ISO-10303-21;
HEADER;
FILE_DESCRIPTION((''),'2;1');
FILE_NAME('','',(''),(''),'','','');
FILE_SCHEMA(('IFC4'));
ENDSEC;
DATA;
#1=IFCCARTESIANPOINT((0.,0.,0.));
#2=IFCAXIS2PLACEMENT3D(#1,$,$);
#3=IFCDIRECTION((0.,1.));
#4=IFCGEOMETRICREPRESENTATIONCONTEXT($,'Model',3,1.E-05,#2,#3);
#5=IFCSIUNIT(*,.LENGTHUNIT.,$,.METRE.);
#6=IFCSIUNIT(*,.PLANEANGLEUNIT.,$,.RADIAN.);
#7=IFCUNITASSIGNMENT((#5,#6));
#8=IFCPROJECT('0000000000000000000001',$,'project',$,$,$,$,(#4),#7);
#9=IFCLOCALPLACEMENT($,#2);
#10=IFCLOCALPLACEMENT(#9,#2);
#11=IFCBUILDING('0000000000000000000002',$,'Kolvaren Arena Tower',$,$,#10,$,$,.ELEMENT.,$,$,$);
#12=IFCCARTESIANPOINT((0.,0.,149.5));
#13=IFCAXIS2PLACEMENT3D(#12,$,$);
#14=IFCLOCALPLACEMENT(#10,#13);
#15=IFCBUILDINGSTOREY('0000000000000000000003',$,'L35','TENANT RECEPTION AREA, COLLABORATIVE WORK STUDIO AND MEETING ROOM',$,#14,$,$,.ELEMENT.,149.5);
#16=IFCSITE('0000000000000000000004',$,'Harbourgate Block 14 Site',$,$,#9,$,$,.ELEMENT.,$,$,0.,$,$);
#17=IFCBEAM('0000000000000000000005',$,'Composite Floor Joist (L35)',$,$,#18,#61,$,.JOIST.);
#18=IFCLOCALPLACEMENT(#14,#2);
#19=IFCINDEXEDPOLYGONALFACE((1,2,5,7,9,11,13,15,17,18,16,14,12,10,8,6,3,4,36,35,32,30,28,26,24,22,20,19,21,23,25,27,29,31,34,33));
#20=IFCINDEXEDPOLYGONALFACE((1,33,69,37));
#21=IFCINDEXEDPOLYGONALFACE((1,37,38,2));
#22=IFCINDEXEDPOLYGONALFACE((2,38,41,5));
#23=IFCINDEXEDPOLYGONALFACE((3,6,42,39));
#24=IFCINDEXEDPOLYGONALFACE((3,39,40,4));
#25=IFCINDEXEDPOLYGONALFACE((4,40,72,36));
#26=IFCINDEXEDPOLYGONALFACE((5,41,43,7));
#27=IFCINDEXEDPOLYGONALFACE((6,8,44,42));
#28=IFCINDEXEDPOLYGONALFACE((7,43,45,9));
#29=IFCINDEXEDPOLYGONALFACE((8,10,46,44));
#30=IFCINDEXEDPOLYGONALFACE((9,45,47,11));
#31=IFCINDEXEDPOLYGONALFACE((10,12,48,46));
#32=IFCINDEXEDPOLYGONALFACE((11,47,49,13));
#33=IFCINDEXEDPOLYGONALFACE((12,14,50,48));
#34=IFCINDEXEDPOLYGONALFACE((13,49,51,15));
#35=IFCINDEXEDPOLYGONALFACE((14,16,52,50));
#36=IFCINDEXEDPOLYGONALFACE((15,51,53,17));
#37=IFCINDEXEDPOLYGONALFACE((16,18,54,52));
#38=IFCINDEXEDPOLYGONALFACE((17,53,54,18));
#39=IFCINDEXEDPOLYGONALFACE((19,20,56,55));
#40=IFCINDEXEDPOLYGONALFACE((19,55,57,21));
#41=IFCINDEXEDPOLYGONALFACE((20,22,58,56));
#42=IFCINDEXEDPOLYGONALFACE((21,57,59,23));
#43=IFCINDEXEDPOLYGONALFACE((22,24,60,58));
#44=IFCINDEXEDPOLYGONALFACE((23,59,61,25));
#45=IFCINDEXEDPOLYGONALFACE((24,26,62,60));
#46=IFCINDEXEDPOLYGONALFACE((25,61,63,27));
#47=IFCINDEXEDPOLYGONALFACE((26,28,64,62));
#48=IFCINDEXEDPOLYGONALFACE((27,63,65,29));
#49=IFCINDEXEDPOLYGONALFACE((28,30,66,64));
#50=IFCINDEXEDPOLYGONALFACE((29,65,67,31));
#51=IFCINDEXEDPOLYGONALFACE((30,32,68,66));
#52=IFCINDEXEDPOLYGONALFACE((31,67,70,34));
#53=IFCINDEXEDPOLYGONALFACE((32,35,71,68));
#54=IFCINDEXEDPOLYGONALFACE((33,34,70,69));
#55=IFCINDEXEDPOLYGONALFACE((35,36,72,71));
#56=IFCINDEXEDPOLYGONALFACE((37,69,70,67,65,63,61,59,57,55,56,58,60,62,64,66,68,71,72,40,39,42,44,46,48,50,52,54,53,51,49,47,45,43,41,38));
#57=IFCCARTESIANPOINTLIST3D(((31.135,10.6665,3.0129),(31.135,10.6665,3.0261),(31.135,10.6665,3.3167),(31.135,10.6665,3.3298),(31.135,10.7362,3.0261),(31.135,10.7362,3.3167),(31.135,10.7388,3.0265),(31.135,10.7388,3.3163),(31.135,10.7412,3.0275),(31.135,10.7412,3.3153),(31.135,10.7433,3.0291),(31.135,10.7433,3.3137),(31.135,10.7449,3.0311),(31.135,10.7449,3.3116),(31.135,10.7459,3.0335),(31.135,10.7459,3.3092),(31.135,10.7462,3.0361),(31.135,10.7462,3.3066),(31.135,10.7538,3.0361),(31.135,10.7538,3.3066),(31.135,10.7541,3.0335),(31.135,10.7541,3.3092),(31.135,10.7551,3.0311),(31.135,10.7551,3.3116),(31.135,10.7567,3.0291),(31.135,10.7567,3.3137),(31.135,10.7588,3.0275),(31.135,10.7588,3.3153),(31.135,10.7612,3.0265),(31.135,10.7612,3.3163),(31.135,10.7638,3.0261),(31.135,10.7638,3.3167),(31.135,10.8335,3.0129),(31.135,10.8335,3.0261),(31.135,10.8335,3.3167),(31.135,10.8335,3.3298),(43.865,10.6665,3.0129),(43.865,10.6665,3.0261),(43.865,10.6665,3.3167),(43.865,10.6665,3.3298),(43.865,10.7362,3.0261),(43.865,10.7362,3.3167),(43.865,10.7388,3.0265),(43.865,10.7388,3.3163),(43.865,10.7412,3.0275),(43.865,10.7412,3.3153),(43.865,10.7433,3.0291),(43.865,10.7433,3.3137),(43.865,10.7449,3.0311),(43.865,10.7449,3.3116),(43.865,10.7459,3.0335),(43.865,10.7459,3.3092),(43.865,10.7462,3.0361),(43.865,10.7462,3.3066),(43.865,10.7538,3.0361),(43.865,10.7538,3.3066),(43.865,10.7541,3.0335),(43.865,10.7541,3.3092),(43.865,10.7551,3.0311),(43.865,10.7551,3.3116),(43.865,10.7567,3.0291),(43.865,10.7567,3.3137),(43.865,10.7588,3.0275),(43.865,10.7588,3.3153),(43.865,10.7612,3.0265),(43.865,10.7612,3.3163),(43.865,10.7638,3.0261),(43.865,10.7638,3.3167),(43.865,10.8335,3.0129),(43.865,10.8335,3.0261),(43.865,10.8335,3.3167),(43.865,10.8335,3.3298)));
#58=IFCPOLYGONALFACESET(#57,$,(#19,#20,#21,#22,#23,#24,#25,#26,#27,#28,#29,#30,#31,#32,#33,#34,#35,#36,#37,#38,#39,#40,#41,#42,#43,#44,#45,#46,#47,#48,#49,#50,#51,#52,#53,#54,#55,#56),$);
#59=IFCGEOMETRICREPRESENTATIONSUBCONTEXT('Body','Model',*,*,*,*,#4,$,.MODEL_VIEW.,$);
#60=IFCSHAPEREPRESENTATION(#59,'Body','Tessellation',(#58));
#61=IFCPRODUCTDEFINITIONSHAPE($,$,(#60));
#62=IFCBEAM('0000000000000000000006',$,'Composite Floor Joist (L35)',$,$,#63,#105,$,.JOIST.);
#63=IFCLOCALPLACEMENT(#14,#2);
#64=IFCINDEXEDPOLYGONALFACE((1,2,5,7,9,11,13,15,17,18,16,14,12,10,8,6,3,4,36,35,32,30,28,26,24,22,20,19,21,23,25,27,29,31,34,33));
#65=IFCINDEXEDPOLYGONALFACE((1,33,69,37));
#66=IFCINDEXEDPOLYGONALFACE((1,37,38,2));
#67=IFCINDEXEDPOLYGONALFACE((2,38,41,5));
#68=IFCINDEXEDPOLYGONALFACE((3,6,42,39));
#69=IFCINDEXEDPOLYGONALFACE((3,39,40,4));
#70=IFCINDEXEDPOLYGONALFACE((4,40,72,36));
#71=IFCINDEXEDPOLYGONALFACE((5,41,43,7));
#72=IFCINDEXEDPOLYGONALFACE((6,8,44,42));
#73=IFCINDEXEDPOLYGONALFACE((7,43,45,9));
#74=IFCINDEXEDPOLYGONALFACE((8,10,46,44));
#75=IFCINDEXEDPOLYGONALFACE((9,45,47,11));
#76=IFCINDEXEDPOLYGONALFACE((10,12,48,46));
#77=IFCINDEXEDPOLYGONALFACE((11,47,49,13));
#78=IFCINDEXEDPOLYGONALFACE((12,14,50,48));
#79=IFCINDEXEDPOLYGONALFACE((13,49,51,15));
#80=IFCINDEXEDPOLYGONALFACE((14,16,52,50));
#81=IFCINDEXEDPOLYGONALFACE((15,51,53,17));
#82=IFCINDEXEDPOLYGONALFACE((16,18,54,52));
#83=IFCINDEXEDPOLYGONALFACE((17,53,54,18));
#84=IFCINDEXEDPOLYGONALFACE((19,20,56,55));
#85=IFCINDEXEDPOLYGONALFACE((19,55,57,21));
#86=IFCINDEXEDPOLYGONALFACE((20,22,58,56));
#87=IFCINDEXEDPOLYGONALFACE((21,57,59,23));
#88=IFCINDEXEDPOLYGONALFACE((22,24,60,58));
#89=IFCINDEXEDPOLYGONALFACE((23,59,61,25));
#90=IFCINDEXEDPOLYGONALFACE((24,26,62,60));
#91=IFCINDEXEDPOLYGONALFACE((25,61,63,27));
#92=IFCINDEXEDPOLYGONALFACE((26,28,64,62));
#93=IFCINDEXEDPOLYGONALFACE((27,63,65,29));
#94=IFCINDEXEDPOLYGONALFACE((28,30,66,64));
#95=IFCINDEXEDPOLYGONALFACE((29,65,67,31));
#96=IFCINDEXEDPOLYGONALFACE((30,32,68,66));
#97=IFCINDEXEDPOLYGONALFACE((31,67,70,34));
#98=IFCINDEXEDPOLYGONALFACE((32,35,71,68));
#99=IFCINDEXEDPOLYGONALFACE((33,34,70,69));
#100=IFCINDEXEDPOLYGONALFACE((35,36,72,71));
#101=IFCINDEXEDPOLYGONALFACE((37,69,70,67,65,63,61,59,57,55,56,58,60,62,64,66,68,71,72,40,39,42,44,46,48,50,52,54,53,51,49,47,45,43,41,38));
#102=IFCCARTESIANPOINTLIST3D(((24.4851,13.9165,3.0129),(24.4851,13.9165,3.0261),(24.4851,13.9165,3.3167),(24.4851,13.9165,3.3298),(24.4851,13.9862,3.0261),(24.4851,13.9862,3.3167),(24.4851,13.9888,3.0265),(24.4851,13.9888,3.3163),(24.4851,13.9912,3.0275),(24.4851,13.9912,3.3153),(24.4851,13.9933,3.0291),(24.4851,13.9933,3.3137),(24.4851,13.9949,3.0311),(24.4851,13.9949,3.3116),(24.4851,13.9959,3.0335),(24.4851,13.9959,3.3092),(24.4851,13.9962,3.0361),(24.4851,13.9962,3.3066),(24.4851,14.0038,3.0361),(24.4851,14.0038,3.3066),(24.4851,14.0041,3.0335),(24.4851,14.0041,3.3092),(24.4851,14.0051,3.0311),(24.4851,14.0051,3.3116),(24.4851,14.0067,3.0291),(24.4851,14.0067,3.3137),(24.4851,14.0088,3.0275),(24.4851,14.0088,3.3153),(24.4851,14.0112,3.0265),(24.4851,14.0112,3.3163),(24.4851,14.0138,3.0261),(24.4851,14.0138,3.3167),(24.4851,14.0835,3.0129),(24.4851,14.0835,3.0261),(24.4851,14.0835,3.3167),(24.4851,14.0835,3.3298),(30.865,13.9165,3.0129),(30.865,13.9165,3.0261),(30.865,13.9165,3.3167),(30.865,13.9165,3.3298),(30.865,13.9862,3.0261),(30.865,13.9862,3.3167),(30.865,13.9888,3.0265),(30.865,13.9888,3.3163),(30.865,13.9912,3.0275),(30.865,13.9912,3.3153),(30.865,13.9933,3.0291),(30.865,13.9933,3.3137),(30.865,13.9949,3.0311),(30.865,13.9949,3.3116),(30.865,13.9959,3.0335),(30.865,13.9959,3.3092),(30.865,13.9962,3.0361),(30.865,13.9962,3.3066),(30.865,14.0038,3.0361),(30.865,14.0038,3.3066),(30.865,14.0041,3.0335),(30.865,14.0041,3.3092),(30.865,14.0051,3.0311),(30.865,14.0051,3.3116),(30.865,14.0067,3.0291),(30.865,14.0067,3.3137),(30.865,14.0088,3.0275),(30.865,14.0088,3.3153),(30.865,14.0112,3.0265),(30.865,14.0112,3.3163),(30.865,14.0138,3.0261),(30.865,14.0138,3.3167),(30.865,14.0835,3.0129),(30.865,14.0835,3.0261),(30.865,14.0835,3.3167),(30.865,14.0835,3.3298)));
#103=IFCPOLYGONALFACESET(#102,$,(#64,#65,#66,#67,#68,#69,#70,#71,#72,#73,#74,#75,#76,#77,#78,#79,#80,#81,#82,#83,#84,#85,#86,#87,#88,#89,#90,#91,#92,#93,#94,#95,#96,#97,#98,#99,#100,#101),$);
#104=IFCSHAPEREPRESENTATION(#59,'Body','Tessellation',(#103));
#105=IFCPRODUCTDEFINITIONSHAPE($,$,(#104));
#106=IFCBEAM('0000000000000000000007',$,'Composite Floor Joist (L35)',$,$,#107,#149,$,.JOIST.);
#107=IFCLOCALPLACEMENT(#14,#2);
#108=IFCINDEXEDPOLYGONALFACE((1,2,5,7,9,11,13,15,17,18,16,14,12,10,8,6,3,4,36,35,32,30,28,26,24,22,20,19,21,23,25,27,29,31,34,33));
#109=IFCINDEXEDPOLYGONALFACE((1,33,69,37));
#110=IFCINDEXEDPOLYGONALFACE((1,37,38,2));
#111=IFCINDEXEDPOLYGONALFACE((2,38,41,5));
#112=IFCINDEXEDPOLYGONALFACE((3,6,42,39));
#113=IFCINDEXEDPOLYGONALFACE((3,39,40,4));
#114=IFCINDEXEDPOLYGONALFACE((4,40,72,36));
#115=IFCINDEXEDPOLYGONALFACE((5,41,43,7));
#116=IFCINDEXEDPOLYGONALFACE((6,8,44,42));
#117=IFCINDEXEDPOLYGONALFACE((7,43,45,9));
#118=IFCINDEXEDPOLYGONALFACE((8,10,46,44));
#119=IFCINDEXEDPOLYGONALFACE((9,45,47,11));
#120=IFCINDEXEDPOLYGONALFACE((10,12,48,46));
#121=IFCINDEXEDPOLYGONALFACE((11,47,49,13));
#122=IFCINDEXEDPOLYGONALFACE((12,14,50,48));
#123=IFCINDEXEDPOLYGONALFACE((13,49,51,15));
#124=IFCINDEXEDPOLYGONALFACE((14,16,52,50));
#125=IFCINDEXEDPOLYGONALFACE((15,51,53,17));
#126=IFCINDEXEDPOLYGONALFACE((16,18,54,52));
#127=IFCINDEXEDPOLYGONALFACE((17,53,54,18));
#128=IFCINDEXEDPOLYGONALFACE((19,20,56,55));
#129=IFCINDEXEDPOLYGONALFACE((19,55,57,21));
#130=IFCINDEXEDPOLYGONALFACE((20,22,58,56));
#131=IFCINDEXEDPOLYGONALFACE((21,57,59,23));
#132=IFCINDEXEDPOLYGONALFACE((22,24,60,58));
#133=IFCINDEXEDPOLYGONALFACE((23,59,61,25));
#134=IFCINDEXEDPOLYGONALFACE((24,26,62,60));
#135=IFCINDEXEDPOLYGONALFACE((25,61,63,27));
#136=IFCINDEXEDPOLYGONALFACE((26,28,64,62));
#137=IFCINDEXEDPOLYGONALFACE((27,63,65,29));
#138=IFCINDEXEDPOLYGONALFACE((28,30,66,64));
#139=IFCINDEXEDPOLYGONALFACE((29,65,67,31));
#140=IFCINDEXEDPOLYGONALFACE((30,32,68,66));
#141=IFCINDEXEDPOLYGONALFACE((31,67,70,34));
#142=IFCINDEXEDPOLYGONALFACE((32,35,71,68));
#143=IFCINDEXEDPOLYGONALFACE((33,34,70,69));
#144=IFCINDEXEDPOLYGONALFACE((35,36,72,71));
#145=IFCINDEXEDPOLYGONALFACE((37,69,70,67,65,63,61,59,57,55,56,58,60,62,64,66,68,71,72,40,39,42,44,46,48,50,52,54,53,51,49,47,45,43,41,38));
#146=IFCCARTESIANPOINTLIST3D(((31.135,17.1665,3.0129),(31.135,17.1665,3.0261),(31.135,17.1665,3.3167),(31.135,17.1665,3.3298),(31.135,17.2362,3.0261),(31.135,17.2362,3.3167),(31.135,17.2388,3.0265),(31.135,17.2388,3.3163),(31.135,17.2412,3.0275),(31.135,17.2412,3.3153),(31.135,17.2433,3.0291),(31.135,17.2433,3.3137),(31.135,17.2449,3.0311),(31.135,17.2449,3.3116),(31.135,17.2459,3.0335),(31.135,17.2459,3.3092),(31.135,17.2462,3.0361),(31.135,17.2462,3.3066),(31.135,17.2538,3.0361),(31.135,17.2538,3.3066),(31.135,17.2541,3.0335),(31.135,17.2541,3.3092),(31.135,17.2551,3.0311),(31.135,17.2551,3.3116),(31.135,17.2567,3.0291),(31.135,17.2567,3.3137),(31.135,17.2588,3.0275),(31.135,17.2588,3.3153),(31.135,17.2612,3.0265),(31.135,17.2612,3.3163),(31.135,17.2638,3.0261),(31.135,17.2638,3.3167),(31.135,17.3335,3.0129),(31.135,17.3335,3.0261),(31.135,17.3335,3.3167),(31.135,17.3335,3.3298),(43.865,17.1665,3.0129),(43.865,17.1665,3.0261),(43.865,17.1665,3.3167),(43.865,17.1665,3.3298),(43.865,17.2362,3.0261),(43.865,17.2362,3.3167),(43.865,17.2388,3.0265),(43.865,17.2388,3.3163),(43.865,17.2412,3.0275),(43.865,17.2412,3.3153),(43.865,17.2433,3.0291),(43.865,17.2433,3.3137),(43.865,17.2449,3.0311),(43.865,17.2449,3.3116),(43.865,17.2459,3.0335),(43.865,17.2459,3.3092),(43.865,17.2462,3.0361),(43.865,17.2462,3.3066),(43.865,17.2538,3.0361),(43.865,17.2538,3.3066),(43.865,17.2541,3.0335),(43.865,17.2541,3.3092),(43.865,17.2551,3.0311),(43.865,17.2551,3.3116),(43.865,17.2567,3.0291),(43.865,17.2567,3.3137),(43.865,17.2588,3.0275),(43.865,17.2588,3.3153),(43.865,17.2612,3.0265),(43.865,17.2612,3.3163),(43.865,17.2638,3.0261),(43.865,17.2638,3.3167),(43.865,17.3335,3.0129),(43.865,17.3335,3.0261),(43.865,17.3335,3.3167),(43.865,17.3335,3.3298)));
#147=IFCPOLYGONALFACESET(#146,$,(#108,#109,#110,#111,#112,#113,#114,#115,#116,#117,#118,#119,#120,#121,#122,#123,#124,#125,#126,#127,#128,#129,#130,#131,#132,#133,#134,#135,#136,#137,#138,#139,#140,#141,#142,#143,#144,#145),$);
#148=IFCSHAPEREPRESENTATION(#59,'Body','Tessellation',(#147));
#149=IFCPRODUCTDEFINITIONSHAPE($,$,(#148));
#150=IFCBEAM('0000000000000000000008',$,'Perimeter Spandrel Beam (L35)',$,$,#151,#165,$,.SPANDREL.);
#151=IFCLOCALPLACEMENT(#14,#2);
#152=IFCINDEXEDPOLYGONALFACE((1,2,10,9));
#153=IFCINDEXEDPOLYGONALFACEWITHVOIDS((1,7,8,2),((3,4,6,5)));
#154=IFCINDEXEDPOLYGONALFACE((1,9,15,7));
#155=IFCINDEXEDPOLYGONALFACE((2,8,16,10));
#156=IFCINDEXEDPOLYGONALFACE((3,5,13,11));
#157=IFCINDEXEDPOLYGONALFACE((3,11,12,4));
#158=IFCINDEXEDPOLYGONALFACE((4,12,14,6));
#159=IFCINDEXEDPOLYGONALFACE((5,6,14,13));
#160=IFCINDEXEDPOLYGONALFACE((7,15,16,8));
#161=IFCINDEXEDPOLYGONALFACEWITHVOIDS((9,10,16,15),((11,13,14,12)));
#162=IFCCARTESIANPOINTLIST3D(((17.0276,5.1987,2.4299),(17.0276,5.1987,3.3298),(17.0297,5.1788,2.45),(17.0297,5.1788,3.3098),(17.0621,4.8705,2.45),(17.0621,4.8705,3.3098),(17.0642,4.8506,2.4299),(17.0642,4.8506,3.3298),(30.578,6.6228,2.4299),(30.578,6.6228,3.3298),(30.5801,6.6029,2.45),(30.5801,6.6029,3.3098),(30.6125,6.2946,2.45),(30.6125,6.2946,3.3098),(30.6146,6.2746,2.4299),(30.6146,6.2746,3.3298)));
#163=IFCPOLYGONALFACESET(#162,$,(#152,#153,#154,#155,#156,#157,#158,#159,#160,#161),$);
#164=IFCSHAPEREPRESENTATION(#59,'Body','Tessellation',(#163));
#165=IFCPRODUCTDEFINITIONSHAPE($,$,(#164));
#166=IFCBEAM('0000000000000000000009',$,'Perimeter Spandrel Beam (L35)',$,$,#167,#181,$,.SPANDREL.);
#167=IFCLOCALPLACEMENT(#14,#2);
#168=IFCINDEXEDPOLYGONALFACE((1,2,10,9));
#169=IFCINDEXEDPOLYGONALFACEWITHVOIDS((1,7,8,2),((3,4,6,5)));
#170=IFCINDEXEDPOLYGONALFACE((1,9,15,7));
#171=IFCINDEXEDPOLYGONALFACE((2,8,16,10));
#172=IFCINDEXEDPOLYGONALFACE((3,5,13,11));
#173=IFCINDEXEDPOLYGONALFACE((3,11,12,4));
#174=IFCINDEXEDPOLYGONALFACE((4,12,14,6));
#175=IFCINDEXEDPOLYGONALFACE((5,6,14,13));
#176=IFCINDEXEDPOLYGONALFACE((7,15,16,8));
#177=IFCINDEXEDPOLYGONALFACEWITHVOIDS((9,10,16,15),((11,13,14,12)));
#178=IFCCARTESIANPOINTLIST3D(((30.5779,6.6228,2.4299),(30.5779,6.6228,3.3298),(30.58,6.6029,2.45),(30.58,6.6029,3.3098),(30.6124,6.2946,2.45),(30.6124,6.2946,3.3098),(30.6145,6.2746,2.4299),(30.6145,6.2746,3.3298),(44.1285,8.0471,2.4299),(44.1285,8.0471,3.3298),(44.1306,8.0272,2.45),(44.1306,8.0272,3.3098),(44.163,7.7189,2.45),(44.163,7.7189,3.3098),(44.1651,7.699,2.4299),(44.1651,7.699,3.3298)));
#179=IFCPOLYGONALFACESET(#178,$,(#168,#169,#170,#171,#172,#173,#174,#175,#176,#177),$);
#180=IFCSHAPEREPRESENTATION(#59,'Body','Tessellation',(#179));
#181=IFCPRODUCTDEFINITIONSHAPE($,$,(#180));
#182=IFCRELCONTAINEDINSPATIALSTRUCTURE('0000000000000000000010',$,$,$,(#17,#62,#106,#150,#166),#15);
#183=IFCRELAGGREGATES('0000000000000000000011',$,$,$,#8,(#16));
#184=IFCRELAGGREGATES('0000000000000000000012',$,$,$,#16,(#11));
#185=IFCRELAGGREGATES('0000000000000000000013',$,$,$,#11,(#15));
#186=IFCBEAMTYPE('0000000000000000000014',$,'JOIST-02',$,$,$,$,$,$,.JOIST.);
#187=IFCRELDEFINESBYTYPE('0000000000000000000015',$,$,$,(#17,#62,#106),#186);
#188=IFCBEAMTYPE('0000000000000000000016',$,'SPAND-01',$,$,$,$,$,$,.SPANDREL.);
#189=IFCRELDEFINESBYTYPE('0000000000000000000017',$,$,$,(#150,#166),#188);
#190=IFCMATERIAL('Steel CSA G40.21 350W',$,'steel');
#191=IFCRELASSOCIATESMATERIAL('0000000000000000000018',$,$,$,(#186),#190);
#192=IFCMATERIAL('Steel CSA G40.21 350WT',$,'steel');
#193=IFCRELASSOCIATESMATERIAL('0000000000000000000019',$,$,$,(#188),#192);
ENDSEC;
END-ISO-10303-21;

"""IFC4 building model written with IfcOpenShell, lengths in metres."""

from ifc_helpers import new_model, si_unit, direction, frame, origin, origin_2d, place, context, subcontext, project, spatial, hollow_rectangle, i_section, extrude, material, material_profile, profile_set, type_object, element, save


model = new_model("IFC4")

# Units and contexts
model_context = context("Model", 3, precision=1e-05, world=origin(), true_north=direction((0.0, 1.0)))
body_context = subcontext(model_context, "Body", "Model", "MODEL_VIEW")
ifc_project = project(units=[si_unit("LENGTHUNIT", "METRE"), si_unit("PLANEANGLEUNIT", "RADIAN")], contexts=[model_context])

# Site, building, storey
site_placement = place(None, origin())
site = spatial("IfcSite", under=ifc_project, at=site_placement, Name="Harbourgate Block 14 Site", CompositionType="ELEMENT", RefElevation=0.0)
building_placement = place(site_placement, origin())
building = spatial("IfcBuilding", under=site, at=building_placement, Name="Kolvaren Arena Tower", CompositionType="ELEMENT")
storey_placement = place(building_placement, frame((0.0, 0.0, 149.5)))
storey = spatial("IfcBuildingStorey", under=building, at=storey_placement, Name="L35", Description="TENANT RECEPTION AREA, COLLABORATIVE WORK STUDIO AND MEETING ROOM", CompositionType="ELEMENT", Elevation=149.5)

# Beams
ifc_material_1 = material(Name="Steel CSA G40.21 350W", Category="steel")
ifc_material_profile_1 = material_profile(ifc_material_1, i_section(OverallWidth=0.167, OverallDepth=0.3169, WebThickness=0.0076, FlangeThickness=0.0132, FilletRadius=0.01, at=origin_2d()), Name="W310x52")
ifc_profile_set_1 = profile_set([ifc_material_profile_1], Name="Steel CSA G40.21 350W")
beam_type_1 = type_object("IfcBeamType", Name="JOIST-02", PredefinedType="JOIST", material=ifc_profile_set_1)
beam_1_placement = place(storey_placement, frame((31.135, 10.75, 3.1714), z_axis=(1.0, 0.0, 0.0), x_axis=(0.0, 1.0, 0.0)))
element("IfcBeam", 1, at=beam_1_placement, inside=storey, type_object=beam_type_1, Name="Composite Floor Joist (L35)", PredefinedType="JOIST", context=body_context, shape_type="SweptSolid", body=[
    extrude(i_section(OverallWidth=0.167, OverallDepth=0.3169, WebThickness=0.0076, FlangeThickness=0.0132, FilletRadius=0.01, at=origin_2d()), origin(), (0.0, 0.0, 1.0), 12.73),
])
beam_2_placement = place(storey_placement, frame((24.4851, 14.0, 3.1714), z_axis=(1.0, 0.0, 0.0), x_axis=(0.0, 1.0, 0.0)))
element("IfcBeam", 2, at=beam_2_placement, inside=storey, type_object=beam_type_1, Name="Composite Floor Joist (L35)", PredefinedType="JOIST", context=body_context, shape_type="SweptSolid", body=[
    extrude(i_section(OverallWidth=0.167, OverallDepth=0.3169, WebThickness=0.0076, FlangeThickness=0.0132, FilletRadius=0.01, at=origin_2d()), origin(), (0.0, 0.0, 1.0), 6.3799),
])
beam_3_placement = place(storey_placement, frame((31.135, 17.25, 3.1714), z_axis=(1.0, 0.0, 0.0), x_axis=(0.0, 1.0, 0.0)))
element("IfcBeam", 3, at=beam_3_placement, inside=storey, type_object=beam_type_1, Name="Composite Floor Joist (L35)", PredefinedType="JOIST", context=body_context, shape_type="SweptSolid", body=[
    extrude(i_section(OverallWidth=0.167, OverallDepth=0.3169, WebThickness=0.0076, FlangeThickness=0.0132, FilletRadius=0.01, at=origin_2d()), origin(), (0.0, 0.0, 1.0), 12.73),
])
ifc_material_2 = material(Name="Steel CSA G40.21 350WT", Category="steel")
ifc_material_profile_2 = material_profile(ifc_material_2, hollow_rectangle(XDim=0.3501, YDim=0.8999, WallThickness=0.02, at=origin_2d()), Name="HSS 900x350x20")
ifc_profile_set_2 = profile_set([ifc_material_profile_2], Name="Steel CSA G40.21 350WT")
beam_type_2 = type_object("IfcBeamType", Name="SPAND-01", PredefinedType="SPANDREL", material=ifc_profile_set_2)
beam_4_placement = place(storey_placement, frame((17.0459, 5.0247, 2.8799), z_axis=(0.994523, 0.10452, 0.0), x_axis=(-0.10452, 0.994523, 0.0)))
element("IfcBeam", 4, at=beam_4_placement, inside=storey, type_object=beam_type_2, Name="Perimeter Spandrel Beam (L35)", PredefinedType="SPANDREL", context=body_context, shape_type="SweptSolid", body=[
    extrude(hollow_rectangle(XDim=0.3501, YDim=0.8999, WallThickness=0.02, at=origin_2d()), origin(), (0.0, 0.0, 1.0), 13.625),
])
beam_5_placement = place(storey_placement, frame((30.5962, 6.4487, 2.8799), z_axis=(0.994521, 0.104536, 0.0), x_axis=(-0.104536, 0.994521, 0.0)))
element("IfcBeam", 5, at=beam_5_placement, inside=storey, type_object=beam_type_2, Name="Perimeter Spandrel Beam (L35)", PredefinedType="SPANDREL", context=body_context, shape_type="SweptSolid", body=[
    extrude(hollow_rectangle(XDim=0.3501, YDim=0.8999, WallThickness=0.02, at=origin_2d()), origin(), (0.0, 0.0, 1.0), 13.6252),
])

save(model, "model.ifc")
